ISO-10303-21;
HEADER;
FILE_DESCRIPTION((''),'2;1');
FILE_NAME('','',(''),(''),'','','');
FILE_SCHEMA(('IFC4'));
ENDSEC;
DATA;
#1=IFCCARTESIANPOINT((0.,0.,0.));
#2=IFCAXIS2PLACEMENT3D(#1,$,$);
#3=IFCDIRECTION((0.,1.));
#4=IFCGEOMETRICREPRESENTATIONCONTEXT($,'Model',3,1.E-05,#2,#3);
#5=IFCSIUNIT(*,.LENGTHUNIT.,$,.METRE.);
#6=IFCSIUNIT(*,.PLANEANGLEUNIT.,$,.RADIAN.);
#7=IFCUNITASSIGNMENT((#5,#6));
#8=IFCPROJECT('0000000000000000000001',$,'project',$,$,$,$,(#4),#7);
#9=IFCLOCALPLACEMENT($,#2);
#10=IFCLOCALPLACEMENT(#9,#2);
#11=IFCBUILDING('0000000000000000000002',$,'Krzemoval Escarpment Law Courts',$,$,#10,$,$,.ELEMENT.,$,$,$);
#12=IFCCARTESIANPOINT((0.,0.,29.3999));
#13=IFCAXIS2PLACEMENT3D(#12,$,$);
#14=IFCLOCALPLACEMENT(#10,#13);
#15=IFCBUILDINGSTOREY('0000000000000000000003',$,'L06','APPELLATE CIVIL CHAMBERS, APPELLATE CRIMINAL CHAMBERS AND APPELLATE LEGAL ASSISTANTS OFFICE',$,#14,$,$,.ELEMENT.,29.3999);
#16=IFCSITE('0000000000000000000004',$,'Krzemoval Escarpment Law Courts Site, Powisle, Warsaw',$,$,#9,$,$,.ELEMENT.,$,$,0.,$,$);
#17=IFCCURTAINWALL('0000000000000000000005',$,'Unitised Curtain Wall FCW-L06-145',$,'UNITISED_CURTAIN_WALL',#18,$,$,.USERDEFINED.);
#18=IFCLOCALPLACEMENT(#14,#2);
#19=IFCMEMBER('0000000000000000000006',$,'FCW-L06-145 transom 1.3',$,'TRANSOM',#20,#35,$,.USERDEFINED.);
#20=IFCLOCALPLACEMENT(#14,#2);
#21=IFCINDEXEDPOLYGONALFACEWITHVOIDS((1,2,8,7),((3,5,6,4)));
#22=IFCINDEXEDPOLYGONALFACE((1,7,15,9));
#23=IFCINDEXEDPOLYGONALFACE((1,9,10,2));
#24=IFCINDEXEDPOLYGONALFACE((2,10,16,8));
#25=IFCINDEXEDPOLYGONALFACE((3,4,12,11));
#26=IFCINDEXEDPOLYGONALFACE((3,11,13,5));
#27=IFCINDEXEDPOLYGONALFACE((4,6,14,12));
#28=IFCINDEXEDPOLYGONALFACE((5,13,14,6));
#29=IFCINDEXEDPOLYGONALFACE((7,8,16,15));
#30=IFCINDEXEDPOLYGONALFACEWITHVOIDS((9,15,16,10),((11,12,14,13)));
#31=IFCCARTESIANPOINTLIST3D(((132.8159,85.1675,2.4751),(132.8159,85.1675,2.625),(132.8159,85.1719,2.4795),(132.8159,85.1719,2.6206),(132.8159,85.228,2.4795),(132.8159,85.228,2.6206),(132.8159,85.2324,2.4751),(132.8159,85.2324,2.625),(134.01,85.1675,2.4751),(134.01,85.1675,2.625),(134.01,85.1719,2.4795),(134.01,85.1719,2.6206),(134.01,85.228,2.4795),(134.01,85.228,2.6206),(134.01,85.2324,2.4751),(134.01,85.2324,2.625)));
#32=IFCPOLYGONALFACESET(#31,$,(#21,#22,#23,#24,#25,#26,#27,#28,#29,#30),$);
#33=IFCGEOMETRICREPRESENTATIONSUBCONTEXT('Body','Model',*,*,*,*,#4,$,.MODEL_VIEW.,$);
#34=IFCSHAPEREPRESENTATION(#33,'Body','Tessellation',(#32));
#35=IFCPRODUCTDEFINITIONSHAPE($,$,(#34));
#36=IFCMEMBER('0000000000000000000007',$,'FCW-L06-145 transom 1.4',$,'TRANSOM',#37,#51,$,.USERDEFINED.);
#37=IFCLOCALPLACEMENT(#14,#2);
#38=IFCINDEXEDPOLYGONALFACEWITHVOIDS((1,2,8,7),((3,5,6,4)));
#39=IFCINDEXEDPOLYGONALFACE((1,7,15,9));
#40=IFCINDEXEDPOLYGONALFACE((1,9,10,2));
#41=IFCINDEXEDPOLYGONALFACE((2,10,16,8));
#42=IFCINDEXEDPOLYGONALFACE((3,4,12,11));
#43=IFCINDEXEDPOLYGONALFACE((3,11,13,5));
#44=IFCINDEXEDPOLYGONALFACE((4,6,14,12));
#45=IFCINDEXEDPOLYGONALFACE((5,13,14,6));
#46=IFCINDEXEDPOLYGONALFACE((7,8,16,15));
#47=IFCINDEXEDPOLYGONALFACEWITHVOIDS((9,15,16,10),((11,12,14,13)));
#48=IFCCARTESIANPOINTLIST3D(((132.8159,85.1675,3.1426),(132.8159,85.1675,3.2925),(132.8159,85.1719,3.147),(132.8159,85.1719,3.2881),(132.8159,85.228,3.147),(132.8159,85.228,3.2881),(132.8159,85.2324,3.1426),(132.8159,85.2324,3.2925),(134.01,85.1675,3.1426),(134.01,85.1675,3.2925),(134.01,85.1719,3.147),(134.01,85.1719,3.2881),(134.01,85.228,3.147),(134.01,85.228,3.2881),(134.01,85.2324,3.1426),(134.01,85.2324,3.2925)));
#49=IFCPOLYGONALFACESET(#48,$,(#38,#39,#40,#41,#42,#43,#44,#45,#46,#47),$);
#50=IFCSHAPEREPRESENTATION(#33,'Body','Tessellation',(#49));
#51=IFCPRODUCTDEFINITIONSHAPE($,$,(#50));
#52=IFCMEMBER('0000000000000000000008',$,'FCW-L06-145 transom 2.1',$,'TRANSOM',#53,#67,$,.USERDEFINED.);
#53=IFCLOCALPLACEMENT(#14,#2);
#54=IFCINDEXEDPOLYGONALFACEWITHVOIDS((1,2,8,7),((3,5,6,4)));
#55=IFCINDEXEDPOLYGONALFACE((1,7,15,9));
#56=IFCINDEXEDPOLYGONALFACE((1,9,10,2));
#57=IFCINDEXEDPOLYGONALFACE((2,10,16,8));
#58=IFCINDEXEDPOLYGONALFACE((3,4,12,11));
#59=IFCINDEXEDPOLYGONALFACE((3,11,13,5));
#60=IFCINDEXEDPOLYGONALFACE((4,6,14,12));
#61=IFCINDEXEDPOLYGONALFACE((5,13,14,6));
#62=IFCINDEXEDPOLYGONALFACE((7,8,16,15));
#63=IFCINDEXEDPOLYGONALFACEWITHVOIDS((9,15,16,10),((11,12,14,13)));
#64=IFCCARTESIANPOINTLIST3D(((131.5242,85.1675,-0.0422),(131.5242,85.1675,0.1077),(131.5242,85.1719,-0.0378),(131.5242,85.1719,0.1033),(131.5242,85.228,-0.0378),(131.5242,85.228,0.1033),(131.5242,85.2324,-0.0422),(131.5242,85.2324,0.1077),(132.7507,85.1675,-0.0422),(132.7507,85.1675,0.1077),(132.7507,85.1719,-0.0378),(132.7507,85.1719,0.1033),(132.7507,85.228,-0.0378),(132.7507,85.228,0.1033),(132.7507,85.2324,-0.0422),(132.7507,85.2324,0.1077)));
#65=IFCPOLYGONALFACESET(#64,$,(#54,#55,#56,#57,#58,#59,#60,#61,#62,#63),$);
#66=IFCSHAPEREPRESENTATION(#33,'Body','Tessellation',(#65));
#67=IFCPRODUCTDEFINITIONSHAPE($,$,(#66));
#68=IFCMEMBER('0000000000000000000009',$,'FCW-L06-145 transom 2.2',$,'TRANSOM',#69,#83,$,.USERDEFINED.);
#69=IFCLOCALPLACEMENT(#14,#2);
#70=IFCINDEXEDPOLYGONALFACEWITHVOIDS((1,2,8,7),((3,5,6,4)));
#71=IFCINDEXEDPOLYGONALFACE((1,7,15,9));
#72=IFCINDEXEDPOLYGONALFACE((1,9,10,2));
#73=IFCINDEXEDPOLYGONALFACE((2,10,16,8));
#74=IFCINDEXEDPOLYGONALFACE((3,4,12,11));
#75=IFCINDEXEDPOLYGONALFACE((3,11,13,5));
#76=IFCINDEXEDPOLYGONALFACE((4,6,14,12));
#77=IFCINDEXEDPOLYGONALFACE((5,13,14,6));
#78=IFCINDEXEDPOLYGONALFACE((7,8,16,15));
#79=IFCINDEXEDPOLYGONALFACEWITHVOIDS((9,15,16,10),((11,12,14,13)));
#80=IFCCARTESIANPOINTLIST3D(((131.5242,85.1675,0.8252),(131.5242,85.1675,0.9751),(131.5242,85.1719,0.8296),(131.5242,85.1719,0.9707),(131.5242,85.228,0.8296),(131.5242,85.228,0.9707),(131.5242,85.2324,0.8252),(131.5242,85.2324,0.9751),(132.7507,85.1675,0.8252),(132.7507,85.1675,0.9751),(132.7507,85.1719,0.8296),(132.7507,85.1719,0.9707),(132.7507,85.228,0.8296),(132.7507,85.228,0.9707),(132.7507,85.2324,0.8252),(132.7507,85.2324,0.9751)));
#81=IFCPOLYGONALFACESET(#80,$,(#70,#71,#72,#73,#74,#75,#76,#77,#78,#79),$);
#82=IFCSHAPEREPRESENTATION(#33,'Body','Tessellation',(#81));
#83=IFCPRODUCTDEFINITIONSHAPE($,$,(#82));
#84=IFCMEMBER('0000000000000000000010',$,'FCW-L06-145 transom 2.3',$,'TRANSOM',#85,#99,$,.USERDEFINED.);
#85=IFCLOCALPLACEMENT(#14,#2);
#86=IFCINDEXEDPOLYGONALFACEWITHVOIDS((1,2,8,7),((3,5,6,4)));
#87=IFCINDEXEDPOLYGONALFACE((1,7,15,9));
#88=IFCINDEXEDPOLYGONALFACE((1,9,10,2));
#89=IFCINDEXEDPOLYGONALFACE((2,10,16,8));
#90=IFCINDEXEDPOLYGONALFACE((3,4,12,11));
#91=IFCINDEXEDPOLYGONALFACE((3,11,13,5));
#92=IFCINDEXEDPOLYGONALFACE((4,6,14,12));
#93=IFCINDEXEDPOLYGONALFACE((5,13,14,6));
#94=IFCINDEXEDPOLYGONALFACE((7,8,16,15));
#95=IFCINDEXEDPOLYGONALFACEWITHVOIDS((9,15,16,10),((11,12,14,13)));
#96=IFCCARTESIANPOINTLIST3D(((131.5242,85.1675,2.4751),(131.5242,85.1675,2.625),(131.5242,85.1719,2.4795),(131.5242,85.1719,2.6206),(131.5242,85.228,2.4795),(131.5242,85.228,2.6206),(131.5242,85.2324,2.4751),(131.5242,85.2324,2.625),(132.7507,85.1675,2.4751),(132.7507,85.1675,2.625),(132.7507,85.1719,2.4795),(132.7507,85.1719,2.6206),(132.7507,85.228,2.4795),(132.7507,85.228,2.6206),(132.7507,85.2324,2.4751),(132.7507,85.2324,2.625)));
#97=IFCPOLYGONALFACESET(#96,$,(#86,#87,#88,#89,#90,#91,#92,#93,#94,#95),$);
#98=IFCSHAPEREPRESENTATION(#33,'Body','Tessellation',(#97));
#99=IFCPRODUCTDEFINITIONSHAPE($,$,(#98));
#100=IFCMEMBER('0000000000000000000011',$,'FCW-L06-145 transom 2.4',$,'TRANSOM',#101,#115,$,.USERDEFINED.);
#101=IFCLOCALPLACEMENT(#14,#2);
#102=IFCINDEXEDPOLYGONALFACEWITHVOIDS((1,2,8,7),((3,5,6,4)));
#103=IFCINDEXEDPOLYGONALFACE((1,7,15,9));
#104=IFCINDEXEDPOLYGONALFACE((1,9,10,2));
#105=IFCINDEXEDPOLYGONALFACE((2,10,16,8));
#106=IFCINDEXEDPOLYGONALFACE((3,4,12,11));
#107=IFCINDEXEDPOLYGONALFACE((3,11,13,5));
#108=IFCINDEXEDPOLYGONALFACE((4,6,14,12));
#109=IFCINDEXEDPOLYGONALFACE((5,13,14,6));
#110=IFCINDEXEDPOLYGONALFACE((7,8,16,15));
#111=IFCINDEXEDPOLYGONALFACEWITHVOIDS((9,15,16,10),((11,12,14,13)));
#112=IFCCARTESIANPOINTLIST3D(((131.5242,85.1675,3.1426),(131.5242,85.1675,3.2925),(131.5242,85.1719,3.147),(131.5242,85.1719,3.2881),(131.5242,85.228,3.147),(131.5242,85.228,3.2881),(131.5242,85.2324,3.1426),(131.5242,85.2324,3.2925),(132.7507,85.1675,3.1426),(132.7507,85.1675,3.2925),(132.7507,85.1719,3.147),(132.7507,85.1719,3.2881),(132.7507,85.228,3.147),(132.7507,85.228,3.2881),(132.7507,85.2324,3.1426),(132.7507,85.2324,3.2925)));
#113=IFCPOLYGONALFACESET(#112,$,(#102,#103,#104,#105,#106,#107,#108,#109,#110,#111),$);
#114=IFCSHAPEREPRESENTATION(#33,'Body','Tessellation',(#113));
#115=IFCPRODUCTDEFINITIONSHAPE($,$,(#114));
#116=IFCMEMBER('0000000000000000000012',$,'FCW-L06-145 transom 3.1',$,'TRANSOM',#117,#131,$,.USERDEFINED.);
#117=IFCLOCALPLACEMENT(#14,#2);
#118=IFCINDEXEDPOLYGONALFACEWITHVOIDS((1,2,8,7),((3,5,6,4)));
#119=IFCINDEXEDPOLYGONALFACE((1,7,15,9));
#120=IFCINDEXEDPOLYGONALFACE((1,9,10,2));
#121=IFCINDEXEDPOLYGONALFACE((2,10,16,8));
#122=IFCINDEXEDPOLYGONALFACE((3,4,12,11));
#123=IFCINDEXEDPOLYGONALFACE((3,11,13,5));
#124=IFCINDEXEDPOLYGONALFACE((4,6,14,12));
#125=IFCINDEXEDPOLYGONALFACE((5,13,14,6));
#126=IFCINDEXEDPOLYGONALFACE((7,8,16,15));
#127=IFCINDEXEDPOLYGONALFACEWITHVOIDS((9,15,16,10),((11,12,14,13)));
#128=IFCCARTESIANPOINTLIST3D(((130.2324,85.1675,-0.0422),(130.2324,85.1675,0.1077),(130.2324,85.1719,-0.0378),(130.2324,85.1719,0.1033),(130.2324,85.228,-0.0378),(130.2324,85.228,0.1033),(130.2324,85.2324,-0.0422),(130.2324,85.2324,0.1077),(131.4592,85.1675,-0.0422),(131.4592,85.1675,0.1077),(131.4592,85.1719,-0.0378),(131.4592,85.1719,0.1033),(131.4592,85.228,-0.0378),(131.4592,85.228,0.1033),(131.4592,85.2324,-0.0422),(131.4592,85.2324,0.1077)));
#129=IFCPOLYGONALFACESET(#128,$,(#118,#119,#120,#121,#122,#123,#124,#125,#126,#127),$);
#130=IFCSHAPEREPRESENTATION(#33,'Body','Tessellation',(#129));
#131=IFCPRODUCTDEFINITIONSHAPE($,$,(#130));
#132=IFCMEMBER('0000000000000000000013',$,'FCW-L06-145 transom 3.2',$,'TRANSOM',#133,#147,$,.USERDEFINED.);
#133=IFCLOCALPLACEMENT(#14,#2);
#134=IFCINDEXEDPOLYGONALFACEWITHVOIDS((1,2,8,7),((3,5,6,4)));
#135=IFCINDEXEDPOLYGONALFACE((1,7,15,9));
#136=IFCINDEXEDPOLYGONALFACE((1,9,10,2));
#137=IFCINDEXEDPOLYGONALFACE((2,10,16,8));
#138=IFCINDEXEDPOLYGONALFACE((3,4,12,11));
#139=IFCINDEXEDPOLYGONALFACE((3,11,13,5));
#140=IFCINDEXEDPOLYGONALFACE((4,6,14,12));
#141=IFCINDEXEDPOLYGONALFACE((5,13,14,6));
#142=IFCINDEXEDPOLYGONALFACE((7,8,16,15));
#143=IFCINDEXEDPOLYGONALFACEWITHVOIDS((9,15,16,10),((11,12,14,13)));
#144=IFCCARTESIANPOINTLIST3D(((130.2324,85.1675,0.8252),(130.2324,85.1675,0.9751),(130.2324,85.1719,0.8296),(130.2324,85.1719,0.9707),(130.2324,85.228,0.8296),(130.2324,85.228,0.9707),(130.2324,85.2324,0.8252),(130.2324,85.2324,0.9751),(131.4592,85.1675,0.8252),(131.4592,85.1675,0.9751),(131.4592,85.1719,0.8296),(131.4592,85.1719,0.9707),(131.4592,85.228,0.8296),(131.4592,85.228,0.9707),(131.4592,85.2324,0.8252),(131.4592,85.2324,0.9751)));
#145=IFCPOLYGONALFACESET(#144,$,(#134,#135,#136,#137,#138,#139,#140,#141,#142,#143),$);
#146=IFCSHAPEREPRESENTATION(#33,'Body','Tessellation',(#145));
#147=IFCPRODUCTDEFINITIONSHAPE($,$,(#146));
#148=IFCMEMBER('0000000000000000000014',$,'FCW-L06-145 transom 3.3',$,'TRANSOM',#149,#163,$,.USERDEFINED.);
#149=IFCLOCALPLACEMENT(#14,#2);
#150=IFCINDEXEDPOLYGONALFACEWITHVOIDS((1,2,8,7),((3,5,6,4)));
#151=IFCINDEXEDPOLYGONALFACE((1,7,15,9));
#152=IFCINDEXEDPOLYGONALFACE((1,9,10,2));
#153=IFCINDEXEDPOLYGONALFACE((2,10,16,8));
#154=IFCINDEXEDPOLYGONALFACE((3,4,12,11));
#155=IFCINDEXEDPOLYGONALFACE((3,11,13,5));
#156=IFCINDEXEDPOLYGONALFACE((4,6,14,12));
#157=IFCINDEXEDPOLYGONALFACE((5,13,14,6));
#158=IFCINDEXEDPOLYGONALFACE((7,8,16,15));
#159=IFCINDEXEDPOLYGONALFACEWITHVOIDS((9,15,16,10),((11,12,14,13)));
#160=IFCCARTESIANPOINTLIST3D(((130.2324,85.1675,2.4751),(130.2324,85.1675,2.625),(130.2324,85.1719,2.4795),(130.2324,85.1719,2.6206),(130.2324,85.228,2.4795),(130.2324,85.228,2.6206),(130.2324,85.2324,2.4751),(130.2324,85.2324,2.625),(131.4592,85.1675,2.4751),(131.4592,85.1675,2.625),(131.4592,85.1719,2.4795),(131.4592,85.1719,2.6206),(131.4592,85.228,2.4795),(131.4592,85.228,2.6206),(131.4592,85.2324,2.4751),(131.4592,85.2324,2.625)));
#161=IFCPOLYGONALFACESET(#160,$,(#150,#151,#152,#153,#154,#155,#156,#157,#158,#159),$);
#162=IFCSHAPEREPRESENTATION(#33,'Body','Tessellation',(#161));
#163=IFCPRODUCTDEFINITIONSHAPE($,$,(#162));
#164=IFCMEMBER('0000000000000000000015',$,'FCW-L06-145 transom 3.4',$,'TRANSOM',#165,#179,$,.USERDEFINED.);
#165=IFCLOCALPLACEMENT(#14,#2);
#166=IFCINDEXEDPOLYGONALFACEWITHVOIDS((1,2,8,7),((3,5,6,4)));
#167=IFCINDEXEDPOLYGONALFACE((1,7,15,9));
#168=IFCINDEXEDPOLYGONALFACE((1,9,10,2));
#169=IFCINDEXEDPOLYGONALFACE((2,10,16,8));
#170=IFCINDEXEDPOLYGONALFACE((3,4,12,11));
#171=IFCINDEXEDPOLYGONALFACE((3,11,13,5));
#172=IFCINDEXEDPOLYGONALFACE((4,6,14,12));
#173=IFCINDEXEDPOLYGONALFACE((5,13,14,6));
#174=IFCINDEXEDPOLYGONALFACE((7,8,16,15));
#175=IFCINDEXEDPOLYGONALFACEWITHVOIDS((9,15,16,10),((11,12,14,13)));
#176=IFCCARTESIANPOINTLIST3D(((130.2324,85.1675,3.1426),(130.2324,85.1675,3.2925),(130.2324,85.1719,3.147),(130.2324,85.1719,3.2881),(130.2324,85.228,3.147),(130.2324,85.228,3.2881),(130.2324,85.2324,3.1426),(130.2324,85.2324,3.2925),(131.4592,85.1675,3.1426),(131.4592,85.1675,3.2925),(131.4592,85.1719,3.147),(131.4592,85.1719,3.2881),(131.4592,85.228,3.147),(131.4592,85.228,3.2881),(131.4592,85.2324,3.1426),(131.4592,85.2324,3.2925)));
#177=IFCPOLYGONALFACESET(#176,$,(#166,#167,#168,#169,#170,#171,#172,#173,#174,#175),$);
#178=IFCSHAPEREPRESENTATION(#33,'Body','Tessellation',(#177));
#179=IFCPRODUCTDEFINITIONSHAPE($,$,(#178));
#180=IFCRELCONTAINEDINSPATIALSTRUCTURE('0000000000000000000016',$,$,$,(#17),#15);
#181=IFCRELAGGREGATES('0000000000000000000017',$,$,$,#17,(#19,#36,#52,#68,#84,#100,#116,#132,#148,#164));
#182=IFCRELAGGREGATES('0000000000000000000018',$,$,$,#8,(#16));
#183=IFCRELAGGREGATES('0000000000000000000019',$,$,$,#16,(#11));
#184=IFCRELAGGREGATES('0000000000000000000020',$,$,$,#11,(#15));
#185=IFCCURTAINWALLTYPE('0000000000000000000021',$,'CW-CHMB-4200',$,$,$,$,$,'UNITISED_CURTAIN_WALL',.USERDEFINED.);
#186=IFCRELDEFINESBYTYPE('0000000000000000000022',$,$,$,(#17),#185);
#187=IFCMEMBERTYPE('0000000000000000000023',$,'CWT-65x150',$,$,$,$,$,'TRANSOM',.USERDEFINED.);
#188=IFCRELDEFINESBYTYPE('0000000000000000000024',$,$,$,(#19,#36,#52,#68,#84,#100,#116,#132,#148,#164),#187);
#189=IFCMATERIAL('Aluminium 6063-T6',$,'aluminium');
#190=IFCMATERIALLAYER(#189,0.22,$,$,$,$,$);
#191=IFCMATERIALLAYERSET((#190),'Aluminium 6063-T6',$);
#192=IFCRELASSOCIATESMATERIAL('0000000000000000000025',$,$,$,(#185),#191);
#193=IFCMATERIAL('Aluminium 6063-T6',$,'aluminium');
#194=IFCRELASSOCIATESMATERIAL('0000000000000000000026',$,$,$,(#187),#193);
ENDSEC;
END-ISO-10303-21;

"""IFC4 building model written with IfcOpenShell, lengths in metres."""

from ifc_helpers import new_model, si_unit, direction, frame, origin, origin_2d, place, context, subcontext, project, spatial, hollow_rectangle, extrude, material, layer, layer_set, material_profile, profile_set, type_object, element, aggregate, save


model = new_model("IFC4")

# Units and contexts
model_context = context("Model", 3, precision=1e-05, world=origin(), true_north=direction((0.0, 1.0)))
body_context = subcontext(model_context, "Body", "Model", "MODEL_VIEW")
ifc_project = project(units=[si_unit("LENGTHUNIT", "METRE"), si_unit("PLANEANGLEUNIT", "RADIAN")], contexts=[model_context])

# Site, building, storey
site_placement = place(None, origin())
site = spatial("IfcSite", under=ifc_project, at=site_placement, Name="Krzemoval Escarpment Law Courts Site, Powisle, Warsaw", CompositionType="ELEMENT", RefElevation=0.0)
building_placement = place(site_placement, origin())
building = spatial("IfcBuilding", under=site, at=building_placement, Name="Krzemoval Escarpment Law Courts", CompositionType="ELEMENT")
storey_placement = place(building_placement, frame((0.0, 0.0, 29.3999)))
storey = spatial("IfcBuildingStorey", under=building, at=storey_placement, Name="L06", Description="APPELLATE CIVIL CHAMBERS, APPELLATE CRIMINAL CHAMBERS AND APPELLATE LEGAL ASSISTANTS OFFICE", CompositionType="ELEMENT", Elevation=29.3999)

# Curtain wall, members
ifc_material_1 = material(Name="Aluminium 6063-T6", Category="aluminium")
ifc_layer_1 = layer(ifc_material_1, 0.22)
ifc_layer_set_1 = layer_set([ifc_layer_1], Name="Aluminium 6063-T6")
curtain_wall_type = type_object("IfcCurtainWallType", Name="CW-CHMB-4200", ElementType="UNITISED_CURTAIN_WALL", PredefinedType="USERDEFINED", material=ifc_layer_set_1)
curtain_wall_placement = place(storey_placement, origin())
curtain_wall = element("IfcCurtainWall", 1, at=curtain_wall_placement, inside=storey, type_object=curtain_wall_type, Name="Unitised Curtain Wall FCW-L06-145", ObjectType="UNITISED_CURTAIN_WALL", PredefinedType="USERDEFINED")
ifc_material_2 = material(Name="Aluminium 6063-T6", Category="aluminium")
ifc_material_profile_1 = material_profile(ifc_material_2, hollow_rectangle(XDim=0.0649, YDim=0.1499, WallThickness=0.0044, at=origin_2d()), Name="ALU T65x150")
ifc_profile_set_1 = profile_set([ifc_material_profile_1], Name="Aluminium 6063-T6")
member_type_1 = type_object("IfcMemberType", Name="CWT-65x150", ElementType="TRANSOM", PredefinedType="USERDEFINED", material=ifc_profile_set_1)
member_1_placement = place(storey_placement, frame((134.01, 85.2, 2.55), z_axis=(-1.0, 0.0, 0.0), x_axis=(0.0, -1.0, 0.0)))
member_1 = element("IfcMember", 2, at=member_1_placement, type_object=member_type_1, Name="FCW-L06-145 transom 1.3", ObjectType="TRANSOM", PredefinedType="USERDEFINED", context=body_context, shape_type="SweptSolid", body=[
    extrude(hollow_rectangle(XDim=0.0649, YDim=0.1499, WallThickness=0.0044, at=origin_2d()), origin(), (0.0, 0.0, 1.0), 1.1941),
])
member_2_placement = place(storey_placement, frame((134.01, 85.2, 3.2175), z_axis=(-1.0, 0.0, 0.0), x_axis=(0.0, -1.0, 0.0)))
member_2 = element("IfcMember", 3, at=member_2_placement, type_object=member_type_1, Name="FCW-L06-145 transom 1.4", ObjectType="TRANSOM", PredefinedType="USERDEFINED", context=body_context, shape_type="SweptSolid", body=[
    extrude(hollow_rectangle(XDim=0.0649, YDim=0.1499, WallThickness=0.0044, at=origin_2d()), origin(), (0.0, 0.0, 1.0), 1.1941),
])
member_3_placement = place(storey_placement, frame((132.7507, 85.2, 0.0327), z_axis=(-1.0, 0.0, 0.0), x_axis=(0.0, -1.0, 0.0)))
member_3 = element("IfcMember", 4, at=member_3_placement, type_object=member_type_1, Name="FCW-L06-145 transom 2.1", ObjectType="TRANSOM", PredefinedType="USERDEFINED", context=body_context, shape_type="SweptSolid", body=[
    extrude(hollow_rectangle(XDim=0.0649, YDim=0.1499, WallThickness=0.0044, at=origin_2d()), origin(), (0.0, 0.0, 1.0), 1.2266),
])
member_4_placement = place(storey_placement, frame((132.7507, 85.2, 0.9001), z_axis=(-1.0, 0.0, 0.0), x_axis=(0.0, -1.0, 0.0)))
member_4 = element("IfcMember", 5, at=member_4_placement, type_object=member_type_1, Name="FCW-L06-145 transom 2.2", ObjectType="TRANSOM", PredefinedType="USERDEFINED", context=body_context, shape_type="SweptSolid", body=[
    extrude(hollow_rectangle(XDim=0.0649, YDim=0.1499, WallThickness=0.0044, at=origin_2d()), origin(), (0.0, 0.0, 1.0), 1.2266),
])
member_5_placement = place(storey_placement, frame((132.7507, 85.2, 2.55), z_axis=(-1.0, 0.0, 0.0), x_axis=(0.0, -1.0, 0.0)))
member_5 = element("IfcMember", 6, at=member_5_placement, type_object=member_type_1, Name="FCW-L06-145 transom 2.3", ObjectType="TRANSOM", PredefinedType="USERDEFINED", context=body_context, shape_type="SweptSolid", body=[
    extrude(hollow_rectangle(XDim=0.0649, YDim=0.1499, WallThickness=0.0044, at=origin_2d()), origin(), (0.0, 0.0, 1.0), 1.2266),
])
member_6_placement = place(storey_placement, frame((132.7507, 85.2, 3.2175), z_axis=(-1.0, 0.0, 0.0), x_axis=(0.0, -1.0, 0.0)))
member_6 = element("IfcMember", 7, at=member_6_placement, type_object=member_type_1, Name="FCW-L06-145 transom 2.4", ObjectType="TRANSOM", PredefinedType="USERDEFINED", context=body_context, shape_type="SweptSolid", body=[
    extrude(hollow_rectangle(XDim=0.0649, YDim=0.1499, WallThickness=0.0044, at=origin_2d()), origin(), (0.0, 0.0, 1.0), 1.2266),
])
member_7_placement = place(storey_placement, frame((131.4592, 85.2, 0.0327), z_axis=(-1.0, 0.0, 0.0), x_axis=(0.0, -1.0, 0.0)))
member_7 = element("IfcMember", 8, at=member_7_placement, type_object=member_type_1, Name="FCW-L06-145 transom 3.1", ObjectType="TRANSOM", PredefinedType="USERDEFINED", context=body_context, shape_type="SweptSolid", body=[
    extrude(hollow_rectangle(XDim=0.0649, YDim=0.1499, WallThickness=0.0044, at=origin_2d()), origin(), (0.0, 0.0, 1.0), 1.2268),
])
member_8_placement = place(storey_placement, frame((131.4592, 85.2, 0.9001), z_axis=(-1.0, 0.0, 0.0), x_axis=(0.0, -1.0, 0.0)))
member_8 = element("IfcMember", 9, at=member_8_placement, type_object=member_type_1, Name="FCW-L06-145 transom 3.2", ObjectType="TRANSOM", PredefinedType="USERDEFINED", context=body_context, shape_type="SweptSolid", body=[
    extrude(hollow_rectangle(XDim=0.0649, YDim=0.1499, WallThickness=0.0044, at=origin_2d()), origin(), (0.0, 0.0, 1.0), 1.2268),
])
member_9_placement = place(storey_placement, frame((131.4592, 85.2, 2.55), z_axis=(-1.0, 0.0, 0.0), x_axis=(0.0, -1.0, 0.0)))
member_9 = element("IfcMember", 10, at=member_9_placement, type_object=member_type_1, Name="FCW-L06-145 transom 3.3", ObjectType="TRANSOM", PredefinedType="USERDEFINED", context=body_context, shape_type="SweptSolid", body=[
    extrude(hollow_rectangle(XDim=0.0649, YDim=0.1499, WallThickness=0.0044, at=origin_2d()), origin(), (0.0, 0.0, 1.0), 1.2268),
])
member_10_placement = place(storey_placement, frame((131.4592, 85.2, 3.2175), z_axis=(-1.0, 0.0, 0.0), x_axis=(0.0, -1.0, 0.0)))
member_10 = element("IfcMember", 11, at=member_10_placement, type_object=member_type_1, Name="FCW-L06-145 transom 3.4", ObjectType="TRANSOM", PredefinedType="USERDEFINED", context=body_context, shape_type="SweptSolid", body=[
    extrude(hollow_rectangle(XDim=0.0649, YDim=0.1499, WallThickness=0.0044, at=origin_2d()), origin(), (0.0, 0.0, 1.0), 1.2268),
])

aggregate(curtain_wall, [member_1, member_2, member_3, member_4, member_5, member_6, member_7, member_8, member_9, member_10])

save(model, "model.ifc")
